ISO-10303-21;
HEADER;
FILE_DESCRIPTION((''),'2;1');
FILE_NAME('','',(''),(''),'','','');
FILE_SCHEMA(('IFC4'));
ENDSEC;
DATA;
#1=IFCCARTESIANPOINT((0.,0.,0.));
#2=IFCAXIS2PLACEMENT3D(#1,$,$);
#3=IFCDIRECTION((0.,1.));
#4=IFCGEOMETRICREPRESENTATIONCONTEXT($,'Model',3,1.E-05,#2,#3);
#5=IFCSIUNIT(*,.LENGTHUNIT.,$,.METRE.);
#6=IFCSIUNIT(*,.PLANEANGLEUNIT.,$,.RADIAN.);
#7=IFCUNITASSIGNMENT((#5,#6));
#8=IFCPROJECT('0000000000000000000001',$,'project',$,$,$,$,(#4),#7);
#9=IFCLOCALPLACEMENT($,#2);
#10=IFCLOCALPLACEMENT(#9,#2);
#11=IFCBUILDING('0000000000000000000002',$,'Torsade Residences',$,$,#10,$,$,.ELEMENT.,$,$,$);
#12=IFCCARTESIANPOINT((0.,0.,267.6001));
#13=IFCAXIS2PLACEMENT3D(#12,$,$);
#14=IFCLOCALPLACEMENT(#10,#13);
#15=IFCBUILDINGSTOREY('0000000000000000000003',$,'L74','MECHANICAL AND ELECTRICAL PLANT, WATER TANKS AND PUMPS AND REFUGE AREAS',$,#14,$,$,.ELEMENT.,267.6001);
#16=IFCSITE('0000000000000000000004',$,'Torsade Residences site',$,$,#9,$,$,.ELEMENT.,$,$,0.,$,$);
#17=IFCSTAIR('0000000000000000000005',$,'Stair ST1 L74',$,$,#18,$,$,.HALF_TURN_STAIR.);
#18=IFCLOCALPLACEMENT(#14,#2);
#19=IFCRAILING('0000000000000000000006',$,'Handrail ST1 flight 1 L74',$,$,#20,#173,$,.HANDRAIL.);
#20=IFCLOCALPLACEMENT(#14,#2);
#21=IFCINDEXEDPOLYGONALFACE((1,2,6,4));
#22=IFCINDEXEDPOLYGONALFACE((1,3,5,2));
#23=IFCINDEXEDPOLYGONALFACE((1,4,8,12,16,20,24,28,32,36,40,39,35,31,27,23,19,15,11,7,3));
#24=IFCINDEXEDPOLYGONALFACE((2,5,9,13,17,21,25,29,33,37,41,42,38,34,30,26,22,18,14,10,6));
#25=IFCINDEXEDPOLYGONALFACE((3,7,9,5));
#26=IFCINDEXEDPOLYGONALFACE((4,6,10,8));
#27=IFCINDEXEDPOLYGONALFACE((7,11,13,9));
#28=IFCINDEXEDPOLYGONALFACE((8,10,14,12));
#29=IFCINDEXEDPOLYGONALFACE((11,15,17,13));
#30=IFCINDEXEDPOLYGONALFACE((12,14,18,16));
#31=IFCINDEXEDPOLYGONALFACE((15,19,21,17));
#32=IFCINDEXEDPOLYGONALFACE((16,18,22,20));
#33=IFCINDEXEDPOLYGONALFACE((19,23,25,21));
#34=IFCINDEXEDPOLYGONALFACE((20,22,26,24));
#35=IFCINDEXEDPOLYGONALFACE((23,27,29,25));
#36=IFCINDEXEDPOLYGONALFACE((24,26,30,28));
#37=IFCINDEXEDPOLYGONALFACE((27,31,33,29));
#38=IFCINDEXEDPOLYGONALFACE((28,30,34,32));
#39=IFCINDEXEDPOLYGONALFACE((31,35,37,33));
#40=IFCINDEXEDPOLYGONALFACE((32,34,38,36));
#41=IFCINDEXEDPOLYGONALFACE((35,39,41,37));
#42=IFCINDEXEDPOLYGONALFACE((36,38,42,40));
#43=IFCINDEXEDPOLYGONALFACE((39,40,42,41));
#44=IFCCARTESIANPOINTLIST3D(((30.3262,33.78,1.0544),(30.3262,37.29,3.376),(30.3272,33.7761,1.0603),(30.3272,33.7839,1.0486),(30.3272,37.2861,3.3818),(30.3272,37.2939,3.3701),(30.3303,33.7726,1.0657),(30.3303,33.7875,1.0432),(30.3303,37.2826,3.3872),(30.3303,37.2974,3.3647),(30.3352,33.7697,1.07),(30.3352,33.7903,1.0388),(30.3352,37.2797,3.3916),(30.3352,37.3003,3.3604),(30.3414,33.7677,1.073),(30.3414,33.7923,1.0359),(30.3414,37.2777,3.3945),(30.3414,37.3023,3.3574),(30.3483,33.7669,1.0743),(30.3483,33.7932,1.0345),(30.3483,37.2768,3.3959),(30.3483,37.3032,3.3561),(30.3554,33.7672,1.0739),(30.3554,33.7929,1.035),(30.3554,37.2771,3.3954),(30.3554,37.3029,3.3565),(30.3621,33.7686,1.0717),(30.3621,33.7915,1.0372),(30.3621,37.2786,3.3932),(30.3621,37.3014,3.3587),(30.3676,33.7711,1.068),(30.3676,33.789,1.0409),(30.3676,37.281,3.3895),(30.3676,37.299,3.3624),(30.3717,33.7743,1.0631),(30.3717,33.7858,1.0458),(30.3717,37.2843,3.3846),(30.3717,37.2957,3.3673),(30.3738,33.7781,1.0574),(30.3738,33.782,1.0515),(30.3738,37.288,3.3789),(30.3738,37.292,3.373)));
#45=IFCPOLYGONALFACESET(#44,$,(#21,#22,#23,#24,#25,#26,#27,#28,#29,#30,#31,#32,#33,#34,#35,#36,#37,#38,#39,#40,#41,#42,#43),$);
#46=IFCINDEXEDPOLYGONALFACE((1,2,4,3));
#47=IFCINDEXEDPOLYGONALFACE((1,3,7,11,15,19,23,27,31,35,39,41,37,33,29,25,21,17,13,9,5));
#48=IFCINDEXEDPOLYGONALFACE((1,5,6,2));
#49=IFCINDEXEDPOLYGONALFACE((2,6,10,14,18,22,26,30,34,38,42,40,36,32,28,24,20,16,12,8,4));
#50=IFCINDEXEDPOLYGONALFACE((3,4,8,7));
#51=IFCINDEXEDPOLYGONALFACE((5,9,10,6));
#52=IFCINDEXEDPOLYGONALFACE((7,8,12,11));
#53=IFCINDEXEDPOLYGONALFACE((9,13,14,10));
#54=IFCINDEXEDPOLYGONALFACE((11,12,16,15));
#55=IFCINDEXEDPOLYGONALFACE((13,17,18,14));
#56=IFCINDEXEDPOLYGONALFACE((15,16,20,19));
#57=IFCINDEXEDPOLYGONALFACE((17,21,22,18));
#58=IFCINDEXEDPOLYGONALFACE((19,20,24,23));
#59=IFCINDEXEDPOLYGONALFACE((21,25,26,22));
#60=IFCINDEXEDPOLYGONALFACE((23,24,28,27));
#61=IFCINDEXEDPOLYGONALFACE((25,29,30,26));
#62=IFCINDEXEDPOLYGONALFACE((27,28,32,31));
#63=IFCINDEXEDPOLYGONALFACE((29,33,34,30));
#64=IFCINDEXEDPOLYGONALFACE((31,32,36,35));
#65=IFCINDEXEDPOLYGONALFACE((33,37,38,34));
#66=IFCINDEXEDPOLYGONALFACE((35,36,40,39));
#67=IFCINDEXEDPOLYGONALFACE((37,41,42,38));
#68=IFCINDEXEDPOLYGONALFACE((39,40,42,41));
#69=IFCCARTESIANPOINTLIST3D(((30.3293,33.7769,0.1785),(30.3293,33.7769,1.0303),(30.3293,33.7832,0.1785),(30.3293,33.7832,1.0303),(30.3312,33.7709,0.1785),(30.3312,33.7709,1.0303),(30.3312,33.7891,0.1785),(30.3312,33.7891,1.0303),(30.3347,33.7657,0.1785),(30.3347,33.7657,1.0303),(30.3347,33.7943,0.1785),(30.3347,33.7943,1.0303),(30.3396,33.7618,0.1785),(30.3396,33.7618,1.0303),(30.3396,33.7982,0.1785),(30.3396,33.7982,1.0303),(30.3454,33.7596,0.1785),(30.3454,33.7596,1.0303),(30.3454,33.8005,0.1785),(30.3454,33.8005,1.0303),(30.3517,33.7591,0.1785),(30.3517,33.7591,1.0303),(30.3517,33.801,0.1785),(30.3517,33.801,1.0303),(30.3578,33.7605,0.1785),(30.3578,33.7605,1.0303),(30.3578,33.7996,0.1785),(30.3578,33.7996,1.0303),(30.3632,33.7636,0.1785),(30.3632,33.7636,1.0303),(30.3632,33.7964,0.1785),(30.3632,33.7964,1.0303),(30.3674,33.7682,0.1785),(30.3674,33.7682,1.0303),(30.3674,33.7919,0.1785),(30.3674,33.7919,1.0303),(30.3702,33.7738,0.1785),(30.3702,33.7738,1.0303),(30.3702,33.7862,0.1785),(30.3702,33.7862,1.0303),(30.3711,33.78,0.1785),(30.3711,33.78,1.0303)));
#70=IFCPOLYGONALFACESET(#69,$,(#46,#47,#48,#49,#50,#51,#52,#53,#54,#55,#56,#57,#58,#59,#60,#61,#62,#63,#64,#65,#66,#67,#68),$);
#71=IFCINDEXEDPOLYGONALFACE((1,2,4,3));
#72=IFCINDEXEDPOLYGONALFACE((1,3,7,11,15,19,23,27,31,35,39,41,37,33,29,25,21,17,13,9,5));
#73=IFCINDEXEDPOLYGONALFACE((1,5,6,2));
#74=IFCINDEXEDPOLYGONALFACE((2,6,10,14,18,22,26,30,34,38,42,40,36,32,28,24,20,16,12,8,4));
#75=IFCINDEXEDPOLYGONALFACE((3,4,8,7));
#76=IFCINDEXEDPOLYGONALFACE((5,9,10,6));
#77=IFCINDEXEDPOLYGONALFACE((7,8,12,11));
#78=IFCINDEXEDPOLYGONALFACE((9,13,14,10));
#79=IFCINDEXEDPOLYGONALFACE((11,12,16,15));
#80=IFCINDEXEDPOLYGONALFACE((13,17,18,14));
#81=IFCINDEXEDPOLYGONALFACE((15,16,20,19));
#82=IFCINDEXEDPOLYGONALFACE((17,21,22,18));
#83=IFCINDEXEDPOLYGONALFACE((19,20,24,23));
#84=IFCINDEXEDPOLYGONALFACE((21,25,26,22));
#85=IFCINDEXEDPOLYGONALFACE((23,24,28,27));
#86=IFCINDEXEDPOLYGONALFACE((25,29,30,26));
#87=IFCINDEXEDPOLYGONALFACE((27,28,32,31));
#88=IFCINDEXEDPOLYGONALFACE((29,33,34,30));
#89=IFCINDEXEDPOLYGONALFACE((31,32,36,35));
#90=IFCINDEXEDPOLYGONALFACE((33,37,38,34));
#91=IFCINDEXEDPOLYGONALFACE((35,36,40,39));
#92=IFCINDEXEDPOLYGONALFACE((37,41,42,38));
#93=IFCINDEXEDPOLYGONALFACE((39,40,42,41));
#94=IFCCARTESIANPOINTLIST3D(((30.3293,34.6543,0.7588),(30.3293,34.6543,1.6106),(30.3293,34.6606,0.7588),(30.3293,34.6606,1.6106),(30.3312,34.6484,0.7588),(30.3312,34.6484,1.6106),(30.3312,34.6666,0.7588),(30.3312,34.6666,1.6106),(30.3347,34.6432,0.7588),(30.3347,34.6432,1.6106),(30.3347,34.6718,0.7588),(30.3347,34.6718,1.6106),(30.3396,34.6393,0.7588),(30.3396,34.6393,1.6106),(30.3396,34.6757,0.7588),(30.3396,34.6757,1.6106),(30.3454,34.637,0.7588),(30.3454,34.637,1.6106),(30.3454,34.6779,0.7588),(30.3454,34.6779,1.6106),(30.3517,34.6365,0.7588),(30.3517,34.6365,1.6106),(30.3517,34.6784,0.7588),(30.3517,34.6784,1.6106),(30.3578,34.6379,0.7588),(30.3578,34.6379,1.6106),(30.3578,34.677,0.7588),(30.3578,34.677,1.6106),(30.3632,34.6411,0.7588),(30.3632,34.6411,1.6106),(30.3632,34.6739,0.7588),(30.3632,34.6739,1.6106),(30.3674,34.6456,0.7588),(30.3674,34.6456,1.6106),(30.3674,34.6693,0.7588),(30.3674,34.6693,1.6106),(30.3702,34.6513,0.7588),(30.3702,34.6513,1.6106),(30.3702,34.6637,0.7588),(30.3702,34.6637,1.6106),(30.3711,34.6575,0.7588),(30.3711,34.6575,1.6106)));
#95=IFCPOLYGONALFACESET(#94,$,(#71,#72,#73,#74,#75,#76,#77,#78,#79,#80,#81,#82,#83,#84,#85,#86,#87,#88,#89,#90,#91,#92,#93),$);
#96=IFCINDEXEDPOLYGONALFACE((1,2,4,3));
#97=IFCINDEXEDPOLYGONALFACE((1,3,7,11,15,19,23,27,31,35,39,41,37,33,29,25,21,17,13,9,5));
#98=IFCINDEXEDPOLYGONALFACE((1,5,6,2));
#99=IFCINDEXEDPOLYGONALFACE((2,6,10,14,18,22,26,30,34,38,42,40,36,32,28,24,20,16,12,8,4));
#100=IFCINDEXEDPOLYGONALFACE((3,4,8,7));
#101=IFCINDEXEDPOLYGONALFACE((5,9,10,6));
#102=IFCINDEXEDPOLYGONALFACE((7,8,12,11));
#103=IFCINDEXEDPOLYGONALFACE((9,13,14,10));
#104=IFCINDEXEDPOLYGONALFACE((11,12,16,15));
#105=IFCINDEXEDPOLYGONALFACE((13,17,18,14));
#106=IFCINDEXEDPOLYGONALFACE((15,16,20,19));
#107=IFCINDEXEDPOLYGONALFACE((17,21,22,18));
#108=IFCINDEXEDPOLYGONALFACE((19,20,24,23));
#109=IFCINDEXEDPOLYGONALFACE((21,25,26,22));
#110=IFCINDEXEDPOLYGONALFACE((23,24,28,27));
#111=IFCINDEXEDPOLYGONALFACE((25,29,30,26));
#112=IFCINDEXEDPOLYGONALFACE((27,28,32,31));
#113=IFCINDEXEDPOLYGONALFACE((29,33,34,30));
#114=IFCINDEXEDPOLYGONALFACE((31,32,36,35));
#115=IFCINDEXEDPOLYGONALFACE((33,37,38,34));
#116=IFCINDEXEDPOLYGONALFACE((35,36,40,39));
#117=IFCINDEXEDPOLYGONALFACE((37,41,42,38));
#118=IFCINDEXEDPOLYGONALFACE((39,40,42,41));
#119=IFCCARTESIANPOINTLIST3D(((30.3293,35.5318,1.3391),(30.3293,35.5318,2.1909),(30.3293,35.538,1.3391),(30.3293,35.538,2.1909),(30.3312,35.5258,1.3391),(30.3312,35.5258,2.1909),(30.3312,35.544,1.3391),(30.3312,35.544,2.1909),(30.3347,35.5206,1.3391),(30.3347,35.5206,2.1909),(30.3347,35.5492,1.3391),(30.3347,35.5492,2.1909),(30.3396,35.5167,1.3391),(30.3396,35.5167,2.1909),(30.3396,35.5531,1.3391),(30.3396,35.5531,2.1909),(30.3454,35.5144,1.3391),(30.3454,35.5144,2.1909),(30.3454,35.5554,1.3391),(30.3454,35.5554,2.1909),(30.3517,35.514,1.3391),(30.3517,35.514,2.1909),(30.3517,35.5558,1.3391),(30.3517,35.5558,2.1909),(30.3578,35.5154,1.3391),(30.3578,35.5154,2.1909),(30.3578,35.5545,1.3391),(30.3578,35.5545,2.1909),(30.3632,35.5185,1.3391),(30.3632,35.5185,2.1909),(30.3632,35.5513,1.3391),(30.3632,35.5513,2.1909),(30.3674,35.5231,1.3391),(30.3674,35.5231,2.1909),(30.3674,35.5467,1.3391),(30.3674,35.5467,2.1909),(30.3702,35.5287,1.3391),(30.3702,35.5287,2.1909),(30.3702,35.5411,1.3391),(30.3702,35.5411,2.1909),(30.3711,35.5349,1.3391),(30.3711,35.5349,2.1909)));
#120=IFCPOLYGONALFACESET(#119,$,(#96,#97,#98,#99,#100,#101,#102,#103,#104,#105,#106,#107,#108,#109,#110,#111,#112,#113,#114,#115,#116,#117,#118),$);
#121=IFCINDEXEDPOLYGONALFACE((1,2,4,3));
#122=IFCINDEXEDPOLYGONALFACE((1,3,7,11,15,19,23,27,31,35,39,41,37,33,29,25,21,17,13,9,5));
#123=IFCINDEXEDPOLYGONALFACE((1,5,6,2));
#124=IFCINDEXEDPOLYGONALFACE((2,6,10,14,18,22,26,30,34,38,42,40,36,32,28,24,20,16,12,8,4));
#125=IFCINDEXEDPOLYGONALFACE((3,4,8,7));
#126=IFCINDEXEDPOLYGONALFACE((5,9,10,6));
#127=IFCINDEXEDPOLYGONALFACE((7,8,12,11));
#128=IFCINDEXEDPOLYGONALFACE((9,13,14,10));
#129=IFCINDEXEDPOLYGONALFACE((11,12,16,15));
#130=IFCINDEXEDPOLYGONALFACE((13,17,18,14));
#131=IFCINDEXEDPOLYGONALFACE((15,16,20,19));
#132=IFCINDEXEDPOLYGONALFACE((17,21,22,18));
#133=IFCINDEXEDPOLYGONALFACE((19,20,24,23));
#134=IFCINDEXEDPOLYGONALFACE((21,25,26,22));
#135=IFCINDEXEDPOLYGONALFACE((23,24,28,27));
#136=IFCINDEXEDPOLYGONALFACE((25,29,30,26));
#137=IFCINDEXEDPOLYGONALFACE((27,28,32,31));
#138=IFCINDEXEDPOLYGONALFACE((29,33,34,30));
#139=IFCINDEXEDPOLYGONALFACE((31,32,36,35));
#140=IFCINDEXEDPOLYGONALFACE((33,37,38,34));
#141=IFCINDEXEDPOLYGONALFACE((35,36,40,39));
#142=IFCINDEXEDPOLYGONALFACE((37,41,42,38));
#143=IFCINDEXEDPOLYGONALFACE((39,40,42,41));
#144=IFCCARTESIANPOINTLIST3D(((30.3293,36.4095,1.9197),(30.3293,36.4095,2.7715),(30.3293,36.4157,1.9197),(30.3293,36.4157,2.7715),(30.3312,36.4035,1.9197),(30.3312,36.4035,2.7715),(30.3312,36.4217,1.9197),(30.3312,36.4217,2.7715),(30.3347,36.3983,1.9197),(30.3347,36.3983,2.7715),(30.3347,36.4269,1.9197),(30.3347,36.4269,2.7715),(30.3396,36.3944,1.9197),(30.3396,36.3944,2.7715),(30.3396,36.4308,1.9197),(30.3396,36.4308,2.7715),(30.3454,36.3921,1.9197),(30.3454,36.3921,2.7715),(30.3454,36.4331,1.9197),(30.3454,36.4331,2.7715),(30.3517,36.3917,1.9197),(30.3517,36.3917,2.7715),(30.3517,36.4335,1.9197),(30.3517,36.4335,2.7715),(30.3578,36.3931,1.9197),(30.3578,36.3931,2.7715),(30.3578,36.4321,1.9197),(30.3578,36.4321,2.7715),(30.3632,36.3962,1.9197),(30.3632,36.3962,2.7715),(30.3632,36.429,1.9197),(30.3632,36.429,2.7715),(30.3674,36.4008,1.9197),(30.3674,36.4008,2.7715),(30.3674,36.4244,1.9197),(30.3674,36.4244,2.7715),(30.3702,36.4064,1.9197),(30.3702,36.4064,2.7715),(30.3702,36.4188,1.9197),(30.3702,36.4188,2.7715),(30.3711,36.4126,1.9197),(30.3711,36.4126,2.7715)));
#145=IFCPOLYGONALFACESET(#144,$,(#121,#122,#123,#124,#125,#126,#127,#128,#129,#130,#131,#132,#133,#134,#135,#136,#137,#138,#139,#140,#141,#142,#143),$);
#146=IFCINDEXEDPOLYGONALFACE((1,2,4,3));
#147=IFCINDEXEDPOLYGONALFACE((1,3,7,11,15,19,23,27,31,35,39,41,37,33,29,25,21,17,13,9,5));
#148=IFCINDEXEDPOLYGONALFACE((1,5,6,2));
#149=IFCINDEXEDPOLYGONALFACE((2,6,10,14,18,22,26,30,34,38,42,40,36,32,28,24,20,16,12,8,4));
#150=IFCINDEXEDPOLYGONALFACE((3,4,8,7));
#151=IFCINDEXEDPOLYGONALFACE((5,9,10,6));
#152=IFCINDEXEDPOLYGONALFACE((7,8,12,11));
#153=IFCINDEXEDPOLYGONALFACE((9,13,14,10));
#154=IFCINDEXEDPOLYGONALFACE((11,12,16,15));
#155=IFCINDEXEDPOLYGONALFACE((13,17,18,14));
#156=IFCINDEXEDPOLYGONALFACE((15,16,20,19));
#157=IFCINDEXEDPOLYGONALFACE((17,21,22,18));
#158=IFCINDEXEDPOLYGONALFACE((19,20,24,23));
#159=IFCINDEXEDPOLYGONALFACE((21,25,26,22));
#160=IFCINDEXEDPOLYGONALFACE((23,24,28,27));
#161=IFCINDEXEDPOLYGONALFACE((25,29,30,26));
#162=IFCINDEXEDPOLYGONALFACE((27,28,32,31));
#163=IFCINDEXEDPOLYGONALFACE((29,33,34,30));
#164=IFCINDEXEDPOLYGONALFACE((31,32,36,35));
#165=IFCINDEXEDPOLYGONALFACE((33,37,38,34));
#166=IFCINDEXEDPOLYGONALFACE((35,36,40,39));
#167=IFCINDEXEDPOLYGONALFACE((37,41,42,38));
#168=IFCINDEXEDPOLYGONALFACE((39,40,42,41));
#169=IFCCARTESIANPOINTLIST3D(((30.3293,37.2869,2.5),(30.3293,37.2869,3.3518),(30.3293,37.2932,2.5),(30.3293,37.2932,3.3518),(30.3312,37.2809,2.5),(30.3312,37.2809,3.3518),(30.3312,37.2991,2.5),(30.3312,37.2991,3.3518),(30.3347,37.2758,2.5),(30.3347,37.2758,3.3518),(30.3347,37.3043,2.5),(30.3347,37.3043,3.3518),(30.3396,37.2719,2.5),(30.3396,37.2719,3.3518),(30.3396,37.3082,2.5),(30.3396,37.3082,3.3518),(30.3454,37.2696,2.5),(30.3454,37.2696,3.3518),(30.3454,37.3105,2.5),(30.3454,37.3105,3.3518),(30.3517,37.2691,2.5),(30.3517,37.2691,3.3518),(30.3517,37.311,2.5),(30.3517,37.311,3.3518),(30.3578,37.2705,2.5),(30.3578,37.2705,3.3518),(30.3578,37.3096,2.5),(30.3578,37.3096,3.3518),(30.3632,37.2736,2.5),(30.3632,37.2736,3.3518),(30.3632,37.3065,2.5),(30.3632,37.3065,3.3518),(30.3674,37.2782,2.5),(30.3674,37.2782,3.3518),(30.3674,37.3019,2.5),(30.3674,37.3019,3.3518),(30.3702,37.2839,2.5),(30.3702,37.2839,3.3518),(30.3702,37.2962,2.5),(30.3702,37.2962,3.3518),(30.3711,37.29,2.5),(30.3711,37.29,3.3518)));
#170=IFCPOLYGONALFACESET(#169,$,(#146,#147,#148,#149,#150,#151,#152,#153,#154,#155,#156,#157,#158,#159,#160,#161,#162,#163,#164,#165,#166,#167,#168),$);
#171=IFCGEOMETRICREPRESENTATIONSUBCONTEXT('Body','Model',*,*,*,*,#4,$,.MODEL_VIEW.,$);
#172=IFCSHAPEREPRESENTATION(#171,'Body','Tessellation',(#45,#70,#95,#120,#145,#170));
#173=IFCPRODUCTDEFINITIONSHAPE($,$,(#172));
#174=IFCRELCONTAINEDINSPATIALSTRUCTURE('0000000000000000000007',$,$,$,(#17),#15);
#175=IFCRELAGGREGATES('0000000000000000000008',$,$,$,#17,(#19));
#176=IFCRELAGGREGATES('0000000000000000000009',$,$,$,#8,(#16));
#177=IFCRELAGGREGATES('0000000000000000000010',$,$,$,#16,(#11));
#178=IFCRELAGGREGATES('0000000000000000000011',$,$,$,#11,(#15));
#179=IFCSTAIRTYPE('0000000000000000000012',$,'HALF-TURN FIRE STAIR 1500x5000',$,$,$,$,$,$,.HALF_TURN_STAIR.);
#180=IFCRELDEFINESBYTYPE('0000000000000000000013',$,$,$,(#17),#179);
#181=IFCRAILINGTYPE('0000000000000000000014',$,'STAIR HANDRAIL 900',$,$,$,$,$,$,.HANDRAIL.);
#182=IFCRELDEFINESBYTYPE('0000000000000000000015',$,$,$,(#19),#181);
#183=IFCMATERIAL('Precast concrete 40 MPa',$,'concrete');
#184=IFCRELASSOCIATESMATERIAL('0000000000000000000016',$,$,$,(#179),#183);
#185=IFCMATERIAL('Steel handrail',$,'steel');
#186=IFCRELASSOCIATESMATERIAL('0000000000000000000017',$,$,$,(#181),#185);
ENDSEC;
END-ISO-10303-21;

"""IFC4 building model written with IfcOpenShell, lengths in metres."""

from ifc_helpers import new_model, si_unit, direction, frame, origin, origin_2d, place, context, subcontext, project, spatial, circle, extrude, material, type_object, element, aggregate, save


model = new_model("IFC4")

# Units and contexts
model_context = context("Model", 3, precision=1e-05, world=origin(), true_north=direction((0.0, 1.0)))
body_context = subcontext(model_context, "Body", "Model", "MODEL_VIEW")
ifc_project = project(units=[si_unit("LENGTHUNIT", "METRE"), si_unit("PLANEANGLEUNIT", "RADIAN")], contexts=[model_context])

# Site, building, storey
site_placement = place(None, origin())
site = spatial("IfcSite", under=ifc_project, at=site_placement, Name="Torsade Residences site", CompositionType="ELEMENT", RefElevation=0.0)
building_placement = place(site_placement, origin())
building = spatial("IfcBuilding", under=site, at=building_placement, Name="Torsade Residences", CompositionType="ELEMENT")
storey_placement = place(building_placement, frame((0.0, 0.0, 267.6001)))
storey = spatial("IfcBuildingStorey", under=building, at=storey_placement, Name="L74", Description="MECHANICAL AND ELECTRICAL PLANT, WATER TANKS AND PUMPS AND REFUGE AREAS", CompositionType="ELEMENT", Elevation=267.6001)

# Stair, railing
ifc_material_1 = material(Name="Precast concrete 40 MPa", Category="concrete")
stair_type = type_object("IfcStairType", Name="HALF-TURN FIRE STAIR 1500x5000", PredefinedType="HALF_TURN_STAIR", material=ifc_material_1)
stair_placement = place(storey_placement, origin())
stair = element("IfcStair", 1, at=stair_placement, inside=storey, type_object=stair_type, Name="Stair ST1 L74", PredefinedType="HALF_TURN_STAIR")
ifc_material_2 = material(Name="Steel handrail", Category="steel")
railing_type = type_object("IfcRailingType", Name="STAIR HANDRAIL 900", PredefinedType="HANDRAIL", material=ifc_material_2)
railing_1_placement = place(storey_placement, frame((30.3501, 33.78, 0.1785)))
railing_1 = element("IfcRailing", 2, at=railing_1_placement, type_object=railing_type, Name="Handrail ST1 flight 1 L74", PredefinedType="HANDRAIL", context=body_context, shape_type="SweptSolid", body=[
    extrude(circle(Radius=0.0239, at=origin_2d()), frame((0.0, 0.0, 0.876), z_axis=(0.0, 0.834071, 0.551657), x_axis=(-1.0, 0.0, 0.0)), (0.0, 0.0, 1.0), 4.2083),
    extrude(circle(Radius=0.021, at=origin_2d()), origin(), (0.0, 0.0, 1.0), 0.8518),
    extrude(circle(Radius=0.021, at=origin_2d()), frame((0.0, 0.8774, 0.5803)), (0.0, 0.0, 1.0), 0.8518),
    extrude(circle(Radius=0.021, at=origin_2d()), frame((0.0, 1.7549, 1.1606)), (0.0, 0.0, 1.0), 0.8518),
    extrude(circle(Radius=0.021, at=origin_2d()), frame((0.0, 2.6326, 1.7412)), (0.0, 0.0, 1.0), 0.8518),
    extrude(circle(Radius=0.021, at=origin_2d()), frame((0.0, 3.51, 2.3215)), (0.0, 0.0, 1.0), 0.8518),
])
aggregate(stair, [railing_1])

save(model, "model.ifc")
